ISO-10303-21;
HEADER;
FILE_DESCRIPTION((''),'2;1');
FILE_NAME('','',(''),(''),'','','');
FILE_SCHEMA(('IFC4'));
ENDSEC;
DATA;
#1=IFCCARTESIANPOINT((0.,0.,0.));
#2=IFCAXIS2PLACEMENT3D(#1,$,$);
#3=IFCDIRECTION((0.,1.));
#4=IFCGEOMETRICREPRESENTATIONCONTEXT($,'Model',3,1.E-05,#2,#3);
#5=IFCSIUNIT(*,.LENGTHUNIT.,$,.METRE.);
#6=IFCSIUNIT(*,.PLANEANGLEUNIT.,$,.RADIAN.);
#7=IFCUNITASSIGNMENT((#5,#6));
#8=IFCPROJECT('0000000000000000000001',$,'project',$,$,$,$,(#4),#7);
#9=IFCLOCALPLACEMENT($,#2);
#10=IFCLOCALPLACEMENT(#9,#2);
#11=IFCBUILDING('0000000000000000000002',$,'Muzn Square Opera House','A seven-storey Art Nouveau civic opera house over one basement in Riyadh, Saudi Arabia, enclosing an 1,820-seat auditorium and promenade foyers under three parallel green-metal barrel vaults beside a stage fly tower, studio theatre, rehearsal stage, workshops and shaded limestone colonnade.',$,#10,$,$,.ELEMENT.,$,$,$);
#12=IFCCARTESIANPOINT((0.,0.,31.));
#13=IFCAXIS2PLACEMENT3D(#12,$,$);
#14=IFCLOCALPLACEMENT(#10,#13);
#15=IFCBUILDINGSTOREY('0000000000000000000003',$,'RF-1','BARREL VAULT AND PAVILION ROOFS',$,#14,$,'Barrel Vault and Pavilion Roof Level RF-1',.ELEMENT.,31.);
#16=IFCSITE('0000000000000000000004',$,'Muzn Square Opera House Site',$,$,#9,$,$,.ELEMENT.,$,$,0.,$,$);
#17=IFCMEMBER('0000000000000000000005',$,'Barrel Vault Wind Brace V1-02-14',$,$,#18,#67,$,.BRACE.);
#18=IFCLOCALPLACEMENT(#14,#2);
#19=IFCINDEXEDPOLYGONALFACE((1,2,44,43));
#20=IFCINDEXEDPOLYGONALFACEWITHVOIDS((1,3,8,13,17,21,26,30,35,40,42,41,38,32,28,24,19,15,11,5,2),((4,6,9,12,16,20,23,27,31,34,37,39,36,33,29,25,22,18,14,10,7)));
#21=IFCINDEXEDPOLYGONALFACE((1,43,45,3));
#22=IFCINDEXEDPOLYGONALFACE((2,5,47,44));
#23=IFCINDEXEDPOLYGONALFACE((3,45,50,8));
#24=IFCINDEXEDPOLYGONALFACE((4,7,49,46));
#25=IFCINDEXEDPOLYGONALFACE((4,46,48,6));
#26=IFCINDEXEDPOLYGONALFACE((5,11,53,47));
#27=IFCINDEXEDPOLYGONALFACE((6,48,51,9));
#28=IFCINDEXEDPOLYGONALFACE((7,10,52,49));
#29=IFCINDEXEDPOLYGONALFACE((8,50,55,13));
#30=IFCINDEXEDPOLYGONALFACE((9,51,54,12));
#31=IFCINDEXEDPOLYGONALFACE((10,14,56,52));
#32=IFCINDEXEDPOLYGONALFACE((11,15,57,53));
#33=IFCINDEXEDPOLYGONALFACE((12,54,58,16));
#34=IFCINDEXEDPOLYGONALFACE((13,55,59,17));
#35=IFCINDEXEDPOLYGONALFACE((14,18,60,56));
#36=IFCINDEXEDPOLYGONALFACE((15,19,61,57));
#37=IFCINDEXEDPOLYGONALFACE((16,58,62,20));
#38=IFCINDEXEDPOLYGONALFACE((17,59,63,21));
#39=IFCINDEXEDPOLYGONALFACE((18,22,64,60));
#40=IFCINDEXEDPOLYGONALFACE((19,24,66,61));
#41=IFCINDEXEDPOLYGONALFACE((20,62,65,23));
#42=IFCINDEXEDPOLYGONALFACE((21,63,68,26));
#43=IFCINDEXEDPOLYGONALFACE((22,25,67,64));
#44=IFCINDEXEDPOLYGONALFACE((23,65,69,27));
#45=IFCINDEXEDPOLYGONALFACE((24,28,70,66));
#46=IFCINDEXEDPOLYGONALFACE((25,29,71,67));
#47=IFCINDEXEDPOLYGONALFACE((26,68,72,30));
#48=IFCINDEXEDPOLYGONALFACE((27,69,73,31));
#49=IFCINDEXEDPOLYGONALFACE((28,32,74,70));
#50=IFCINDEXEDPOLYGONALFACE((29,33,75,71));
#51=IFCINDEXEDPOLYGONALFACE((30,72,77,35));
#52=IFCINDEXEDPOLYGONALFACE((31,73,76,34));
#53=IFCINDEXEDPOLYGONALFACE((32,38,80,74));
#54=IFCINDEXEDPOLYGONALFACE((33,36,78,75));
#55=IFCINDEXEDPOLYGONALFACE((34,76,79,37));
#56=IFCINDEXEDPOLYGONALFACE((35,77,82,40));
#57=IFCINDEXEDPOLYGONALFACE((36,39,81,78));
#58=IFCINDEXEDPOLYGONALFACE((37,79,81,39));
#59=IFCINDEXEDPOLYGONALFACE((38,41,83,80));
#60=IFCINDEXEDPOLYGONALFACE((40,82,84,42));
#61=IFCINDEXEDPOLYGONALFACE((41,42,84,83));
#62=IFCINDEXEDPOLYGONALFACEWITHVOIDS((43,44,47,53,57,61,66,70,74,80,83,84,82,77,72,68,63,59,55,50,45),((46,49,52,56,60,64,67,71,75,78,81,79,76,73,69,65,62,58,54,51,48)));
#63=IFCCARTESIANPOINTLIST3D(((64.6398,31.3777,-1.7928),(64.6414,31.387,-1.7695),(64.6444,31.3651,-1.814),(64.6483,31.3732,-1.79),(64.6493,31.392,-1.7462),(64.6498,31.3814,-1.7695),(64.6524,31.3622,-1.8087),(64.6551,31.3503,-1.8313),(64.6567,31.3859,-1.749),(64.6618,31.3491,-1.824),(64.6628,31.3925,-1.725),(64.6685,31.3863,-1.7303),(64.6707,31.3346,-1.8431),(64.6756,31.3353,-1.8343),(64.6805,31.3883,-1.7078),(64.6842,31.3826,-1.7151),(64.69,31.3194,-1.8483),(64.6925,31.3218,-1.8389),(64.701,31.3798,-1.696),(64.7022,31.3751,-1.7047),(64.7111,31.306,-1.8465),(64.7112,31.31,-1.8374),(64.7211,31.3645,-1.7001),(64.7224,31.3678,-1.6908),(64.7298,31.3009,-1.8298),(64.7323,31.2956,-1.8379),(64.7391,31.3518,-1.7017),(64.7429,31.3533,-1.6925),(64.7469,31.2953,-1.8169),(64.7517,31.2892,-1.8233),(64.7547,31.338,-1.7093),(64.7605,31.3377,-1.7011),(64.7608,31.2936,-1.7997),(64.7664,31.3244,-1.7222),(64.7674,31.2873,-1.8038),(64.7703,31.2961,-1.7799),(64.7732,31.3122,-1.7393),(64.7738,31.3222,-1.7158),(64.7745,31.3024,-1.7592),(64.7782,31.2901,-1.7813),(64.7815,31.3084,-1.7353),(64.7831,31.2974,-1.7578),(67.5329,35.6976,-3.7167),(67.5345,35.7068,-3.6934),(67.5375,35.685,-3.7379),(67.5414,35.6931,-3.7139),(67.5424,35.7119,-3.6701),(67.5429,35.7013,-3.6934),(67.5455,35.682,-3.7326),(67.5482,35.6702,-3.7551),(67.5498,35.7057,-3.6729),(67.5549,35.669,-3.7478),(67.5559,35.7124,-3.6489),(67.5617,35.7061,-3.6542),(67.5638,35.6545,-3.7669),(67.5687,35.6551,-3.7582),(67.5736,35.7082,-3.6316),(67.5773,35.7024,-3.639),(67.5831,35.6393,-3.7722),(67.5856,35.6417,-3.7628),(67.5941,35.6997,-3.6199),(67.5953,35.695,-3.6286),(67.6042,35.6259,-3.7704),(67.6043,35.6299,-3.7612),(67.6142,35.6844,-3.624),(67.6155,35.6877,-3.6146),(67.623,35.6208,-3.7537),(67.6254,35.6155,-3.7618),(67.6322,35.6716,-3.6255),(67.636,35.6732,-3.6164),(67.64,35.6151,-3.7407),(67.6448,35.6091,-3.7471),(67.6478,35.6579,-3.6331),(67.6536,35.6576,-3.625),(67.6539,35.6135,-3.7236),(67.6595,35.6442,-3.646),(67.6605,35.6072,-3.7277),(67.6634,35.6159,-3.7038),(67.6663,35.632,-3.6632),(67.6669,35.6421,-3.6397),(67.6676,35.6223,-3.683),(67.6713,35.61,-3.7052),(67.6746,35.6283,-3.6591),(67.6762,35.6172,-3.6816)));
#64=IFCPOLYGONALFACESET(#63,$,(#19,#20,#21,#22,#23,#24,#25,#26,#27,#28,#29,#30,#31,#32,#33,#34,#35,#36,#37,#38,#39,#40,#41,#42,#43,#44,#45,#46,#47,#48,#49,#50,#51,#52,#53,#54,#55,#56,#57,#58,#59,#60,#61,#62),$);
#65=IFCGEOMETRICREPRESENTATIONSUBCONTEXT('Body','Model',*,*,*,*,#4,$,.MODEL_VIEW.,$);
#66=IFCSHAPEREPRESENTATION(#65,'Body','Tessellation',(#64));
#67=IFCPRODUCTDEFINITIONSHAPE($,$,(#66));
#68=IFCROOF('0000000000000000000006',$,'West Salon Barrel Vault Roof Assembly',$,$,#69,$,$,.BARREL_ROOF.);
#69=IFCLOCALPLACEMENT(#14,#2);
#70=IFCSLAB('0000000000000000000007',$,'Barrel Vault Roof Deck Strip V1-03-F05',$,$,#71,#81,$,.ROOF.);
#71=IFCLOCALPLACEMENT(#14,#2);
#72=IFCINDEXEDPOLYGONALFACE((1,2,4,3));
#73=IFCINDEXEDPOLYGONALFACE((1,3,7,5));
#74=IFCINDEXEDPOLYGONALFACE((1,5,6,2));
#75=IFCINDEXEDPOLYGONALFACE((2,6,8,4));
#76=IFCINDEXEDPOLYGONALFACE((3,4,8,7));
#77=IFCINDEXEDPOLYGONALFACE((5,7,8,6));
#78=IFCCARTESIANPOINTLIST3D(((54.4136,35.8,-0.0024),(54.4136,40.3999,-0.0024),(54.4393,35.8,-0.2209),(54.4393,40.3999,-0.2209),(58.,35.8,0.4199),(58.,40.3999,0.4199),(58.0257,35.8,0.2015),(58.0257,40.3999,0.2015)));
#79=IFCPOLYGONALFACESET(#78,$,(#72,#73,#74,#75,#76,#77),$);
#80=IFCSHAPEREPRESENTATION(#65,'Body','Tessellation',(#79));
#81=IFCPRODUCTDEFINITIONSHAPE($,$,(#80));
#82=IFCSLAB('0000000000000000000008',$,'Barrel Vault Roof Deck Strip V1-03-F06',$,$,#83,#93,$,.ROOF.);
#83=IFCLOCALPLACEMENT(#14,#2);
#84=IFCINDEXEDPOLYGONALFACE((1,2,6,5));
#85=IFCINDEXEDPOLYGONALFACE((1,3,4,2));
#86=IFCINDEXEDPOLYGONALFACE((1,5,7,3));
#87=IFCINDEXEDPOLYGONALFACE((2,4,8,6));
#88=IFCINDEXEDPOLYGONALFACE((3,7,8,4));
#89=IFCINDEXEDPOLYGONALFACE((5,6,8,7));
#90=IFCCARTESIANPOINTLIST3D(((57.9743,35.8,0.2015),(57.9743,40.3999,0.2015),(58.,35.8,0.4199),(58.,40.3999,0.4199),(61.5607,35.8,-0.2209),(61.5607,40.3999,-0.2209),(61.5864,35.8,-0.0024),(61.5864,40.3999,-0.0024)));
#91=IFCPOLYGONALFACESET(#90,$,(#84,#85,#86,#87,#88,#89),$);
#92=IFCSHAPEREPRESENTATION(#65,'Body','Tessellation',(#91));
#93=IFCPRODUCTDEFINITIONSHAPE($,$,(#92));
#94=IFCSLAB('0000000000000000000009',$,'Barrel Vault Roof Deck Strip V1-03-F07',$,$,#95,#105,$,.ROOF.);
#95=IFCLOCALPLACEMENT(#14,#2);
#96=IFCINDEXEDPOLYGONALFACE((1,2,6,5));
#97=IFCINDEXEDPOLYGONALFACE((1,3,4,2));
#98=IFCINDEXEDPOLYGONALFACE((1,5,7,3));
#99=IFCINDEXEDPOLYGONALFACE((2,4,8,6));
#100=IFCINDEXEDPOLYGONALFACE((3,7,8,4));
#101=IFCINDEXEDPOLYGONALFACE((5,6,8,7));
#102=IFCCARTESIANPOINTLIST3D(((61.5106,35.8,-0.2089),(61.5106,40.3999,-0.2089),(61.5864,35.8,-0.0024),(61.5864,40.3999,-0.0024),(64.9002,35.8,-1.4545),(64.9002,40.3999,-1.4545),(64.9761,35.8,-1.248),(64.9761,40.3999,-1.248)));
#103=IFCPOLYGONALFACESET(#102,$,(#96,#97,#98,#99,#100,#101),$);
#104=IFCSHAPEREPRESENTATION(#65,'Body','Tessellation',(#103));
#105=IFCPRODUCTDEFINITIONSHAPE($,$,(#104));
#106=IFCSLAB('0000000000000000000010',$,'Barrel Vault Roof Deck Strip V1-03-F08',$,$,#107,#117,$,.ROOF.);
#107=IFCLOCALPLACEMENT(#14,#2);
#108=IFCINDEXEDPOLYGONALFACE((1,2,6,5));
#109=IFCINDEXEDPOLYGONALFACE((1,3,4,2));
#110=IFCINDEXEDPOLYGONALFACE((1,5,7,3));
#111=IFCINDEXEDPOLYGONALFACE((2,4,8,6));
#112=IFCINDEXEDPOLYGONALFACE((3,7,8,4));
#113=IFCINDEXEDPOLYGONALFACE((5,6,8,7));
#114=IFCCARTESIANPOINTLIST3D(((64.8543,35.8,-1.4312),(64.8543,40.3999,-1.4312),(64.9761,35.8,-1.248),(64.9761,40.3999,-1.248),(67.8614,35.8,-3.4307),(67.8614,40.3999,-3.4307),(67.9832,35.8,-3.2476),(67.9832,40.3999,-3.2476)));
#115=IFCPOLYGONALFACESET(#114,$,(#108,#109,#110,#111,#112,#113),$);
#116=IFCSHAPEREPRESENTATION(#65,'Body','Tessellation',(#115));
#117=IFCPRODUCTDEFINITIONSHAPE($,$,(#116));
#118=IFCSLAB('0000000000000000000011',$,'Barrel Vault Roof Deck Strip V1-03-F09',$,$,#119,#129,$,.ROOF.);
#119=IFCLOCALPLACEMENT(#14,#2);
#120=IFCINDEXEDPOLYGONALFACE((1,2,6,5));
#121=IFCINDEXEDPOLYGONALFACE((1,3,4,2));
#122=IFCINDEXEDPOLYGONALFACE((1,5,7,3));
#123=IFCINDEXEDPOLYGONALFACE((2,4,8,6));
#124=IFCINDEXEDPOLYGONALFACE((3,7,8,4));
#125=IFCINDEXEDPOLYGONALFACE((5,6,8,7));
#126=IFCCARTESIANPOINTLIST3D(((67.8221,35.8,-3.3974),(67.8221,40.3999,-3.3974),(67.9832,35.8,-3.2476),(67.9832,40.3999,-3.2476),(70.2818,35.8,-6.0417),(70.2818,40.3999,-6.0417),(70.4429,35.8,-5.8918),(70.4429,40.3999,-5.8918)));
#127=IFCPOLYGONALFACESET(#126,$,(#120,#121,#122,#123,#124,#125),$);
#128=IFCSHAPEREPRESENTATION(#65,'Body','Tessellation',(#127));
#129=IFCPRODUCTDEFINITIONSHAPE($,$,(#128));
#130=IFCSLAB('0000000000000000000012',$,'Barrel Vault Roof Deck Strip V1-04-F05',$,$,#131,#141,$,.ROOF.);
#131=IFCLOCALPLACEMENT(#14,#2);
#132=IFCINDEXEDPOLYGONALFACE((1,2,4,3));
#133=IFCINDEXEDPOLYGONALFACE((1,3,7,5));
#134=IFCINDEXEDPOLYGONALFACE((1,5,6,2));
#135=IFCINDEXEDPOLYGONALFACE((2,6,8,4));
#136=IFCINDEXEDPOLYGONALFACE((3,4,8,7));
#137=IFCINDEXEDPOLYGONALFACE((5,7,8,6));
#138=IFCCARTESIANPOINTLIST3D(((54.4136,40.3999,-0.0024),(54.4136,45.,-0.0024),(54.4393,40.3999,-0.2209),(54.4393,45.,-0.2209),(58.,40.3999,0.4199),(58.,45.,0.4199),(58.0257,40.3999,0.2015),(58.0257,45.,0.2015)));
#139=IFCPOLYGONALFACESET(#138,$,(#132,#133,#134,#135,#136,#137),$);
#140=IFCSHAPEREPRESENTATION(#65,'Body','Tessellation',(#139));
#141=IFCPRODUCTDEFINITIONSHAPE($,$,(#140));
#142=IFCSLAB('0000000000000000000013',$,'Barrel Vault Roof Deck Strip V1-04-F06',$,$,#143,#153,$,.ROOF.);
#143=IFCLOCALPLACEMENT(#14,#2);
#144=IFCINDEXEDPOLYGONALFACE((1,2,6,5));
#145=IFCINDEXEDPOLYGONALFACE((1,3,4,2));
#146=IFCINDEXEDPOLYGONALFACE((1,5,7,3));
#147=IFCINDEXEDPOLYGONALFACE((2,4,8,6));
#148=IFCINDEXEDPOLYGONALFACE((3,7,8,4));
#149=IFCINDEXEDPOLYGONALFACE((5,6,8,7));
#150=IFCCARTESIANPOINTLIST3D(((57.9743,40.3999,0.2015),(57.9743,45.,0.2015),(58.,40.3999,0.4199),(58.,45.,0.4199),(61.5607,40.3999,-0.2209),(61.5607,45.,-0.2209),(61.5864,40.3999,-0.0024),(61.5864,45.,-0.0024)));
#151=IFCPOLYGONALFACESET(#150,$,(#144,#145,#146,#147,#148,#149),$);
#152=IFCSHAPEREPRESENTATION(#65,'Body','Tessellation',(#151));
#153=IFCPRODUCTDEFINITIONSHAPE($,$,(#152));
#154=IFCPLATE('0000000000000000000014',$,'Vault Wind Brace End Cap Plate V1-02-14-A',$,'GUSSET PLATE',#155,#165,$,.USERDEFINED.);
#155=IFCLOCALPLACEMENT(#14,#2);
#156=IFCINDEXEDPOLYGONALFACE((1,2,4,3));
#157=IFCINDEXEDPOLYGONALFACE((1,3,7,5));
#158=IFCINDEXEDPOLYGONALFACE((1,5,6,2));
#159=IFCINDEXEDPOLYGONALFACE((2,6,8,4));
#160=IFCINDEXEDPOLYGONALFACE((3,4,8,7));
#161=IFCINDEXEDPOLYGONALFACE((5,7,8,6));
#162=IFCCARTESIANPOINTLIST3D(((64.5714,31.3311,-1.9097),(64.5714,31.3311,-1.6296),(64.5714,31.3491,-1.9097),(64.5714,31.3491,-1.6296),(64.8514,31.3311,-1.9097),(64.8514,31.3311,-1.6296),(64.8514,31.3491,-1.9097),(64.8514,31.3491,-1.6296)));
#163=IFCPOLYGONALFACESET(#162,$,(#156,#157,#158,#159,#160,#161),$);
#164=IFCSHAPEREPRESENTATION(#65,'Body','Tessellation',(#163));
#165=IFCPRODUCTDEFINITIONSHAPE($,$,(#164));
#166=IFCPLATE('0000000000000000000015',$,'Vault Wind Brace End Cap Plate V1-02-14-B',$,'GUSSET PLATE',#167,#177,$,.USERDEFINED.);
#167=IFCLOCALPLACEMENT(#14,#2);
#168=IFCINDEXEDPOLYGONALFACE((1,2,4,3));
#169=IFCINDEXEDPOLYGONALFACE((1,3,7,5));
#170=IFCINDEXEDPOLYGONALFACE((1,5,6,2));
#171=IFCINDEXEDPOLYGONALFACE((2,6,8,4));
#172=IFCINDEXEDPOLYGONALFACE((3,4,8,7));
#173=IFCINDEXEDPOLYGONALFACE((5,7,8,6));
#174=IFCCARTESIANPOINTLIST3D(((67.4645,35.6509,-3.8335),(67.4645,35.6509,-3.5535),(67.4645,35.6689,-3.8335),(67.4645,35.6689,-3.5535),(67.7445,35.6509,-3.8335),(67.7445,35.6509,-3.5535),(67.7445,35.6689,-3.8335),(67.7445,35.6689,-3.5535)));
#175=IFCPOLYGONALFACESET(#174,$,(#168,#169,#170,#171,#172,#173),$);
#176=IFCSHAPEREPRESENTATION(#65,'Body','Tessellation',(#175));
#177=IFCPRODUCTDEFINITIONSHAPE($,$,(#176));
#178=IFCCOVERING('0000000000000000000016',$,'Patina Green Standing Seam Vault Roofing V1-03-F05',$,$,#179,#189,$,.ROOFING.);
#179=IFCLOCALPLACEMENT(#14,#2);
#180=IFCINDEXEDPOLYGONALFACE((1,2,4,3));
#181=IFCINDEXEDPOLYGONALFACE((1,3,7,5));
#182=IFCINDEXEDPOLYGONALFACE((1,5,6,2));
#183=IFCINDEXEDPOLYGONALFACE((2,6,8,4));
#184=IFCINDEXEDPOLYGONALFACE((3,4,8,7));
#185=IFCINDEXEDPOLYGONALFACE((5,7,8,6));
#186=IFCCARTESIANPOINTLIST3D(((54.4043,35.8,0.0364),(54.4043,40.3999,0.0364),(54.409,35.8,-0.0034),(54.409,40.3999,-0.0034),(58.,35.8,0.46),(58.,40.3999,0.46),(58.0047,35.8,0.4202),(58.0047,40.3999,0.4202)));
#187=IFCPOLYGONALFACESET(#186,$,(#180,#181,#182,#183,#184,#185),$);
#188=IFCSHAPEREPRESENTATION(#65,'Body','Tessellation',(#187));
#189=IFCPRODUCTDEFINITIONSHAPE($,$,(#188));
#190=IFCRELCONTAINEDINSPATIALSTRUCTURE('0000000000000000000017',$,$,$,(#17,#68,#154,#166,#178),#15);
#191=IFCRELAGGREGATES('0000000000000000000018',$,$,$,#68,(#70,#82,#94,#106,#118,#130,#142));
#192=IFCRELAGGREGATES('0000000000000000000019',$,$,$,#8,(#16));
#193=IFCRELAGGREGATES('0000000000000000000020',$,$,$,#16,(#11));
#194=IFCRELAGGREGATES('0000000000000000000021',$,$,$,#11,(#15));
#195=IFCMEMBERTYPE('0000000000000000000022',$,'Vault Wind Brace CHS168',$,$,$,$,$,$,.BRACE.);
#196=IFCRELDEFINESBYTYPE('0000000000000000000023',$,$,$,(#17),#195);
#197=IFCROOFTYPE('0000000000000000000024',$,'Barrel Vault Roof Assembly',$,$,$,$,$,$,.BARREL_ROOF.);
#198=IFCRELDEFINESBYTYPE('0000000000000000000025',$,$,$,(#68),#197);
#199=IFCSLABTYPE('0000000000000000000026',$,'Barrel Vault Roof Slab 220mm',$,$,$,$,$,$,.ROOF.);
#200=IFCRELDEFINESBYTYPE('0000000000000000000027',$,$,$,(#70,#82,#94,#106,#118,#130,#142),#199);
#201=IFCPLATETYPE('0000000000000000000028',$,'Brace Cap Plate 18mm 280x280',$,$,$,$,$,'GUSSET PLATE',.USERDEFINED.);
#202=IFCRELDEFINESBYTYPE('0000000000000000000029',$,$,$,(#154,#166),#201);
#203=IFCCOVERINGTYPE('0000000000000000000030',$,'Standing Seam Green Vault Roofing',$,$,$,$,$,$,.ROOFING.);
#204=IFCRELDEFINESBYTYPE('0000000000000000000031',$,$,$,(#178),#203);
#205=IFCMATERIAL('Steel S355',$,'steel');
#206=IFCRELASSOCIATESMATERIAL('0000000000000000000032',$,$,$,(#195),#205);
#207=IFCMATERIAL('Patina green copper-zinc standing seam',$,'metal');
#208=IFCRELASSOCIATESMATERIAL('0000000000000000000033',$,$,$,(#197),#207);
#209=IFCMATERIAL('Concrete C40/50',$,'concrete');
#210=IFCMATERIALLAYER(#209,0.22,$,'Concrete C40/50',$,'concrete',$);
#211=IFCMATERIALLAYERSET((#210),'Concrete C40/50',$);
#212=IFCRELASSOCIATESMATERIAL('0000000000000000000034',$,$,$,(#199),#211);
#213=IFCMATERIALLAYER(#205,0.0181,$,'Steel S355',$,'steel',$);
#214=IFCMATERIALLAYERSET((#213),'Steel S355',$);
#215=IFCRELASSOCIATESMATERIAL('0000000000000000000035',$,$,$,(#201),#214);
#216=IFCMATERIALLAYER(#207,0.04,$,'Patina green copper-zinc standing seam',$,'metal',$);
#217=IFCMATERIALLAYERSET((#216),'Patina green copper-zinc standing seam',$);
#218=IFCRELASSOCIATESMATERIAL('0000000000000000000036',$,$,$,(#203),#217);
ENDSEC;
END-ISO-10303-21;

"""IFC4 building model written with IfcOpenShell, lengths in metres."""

from ifc_helpers import new_model, si_unit, direction, frame, origin, origin_2d, place, context, subcontext, project, spatial, polyline, rectangle, hollow_circle, outline, extrude, material, layer, layer_set, material_profile, profile_set, type_object, element, aggregate, save


model = new_model("IFC4")

# Units and contexts
model_context = context("Model", 3, precision=1e-05, world=origin(), true_north=direction((0.0, 1.0)))
body_context = subcontext(model_context, "Body", "Model", "MODEL_VIEW")
ifc_project = project(units=[si_unit("LENGTHUNIT", "METRE"), si_unit("PLANEANGLEUNIT", "RADIAN")], contexts=[model_context])

# Site, building, storey
site_placement = place(None, origin())
site = spatial("IfcSite", under=ifc_project, at=site_placement, Name="Muzn Square Opera House Site", CompositionType="ELEMENT", RefElevation=0.0)
building_placement = place(site_placement, origin())
building = spatial("IfcBuilding", under=site, at=building_placement, Name="Muzn Square Opera House", Description="A seven-storey Art Nouveau civic opera house over one basement in Riyadh, Saudi Arabia, enclosing an 1,820-seat auditorium and promenade foyers under three parallel green-metal barrel vaults beside a stage fly tower, studio theatre, rehearsal stage, workshops and shaded limestone colonnade.", CompositionType="ELEMENT")
storey_placement = place(building_placement, frame((0.0, 0.0, 31.0)))
storey = spatial("IfcBuildingStorey", under=building, at=storey_placement, Name="RF-1", Description="BARREL VAULT AND PAVILION ROOFS", LongName="Barrel Vault and Pavilion Roof Level RF-1", CompositionType="ELEMENT", Elevation=31.0)

# Shared definitions
ifc_material_1 = material(Name="Steel S355", Category="steel")

# Member
ifc_material_profile_1 = material_profile(ifc_material_1, hollow_circle(Radius=0.0842, WallThickness=0.01, at=origin_2d()), Name="CHS 168.3x10", Category="steel")
ifc_profile_set_1 = profile_set([ifc_material_profile_1], Name="Steel S355")
member_type = type_object("IfcMemberType", Name="Vault Wind Brace CHS168", PredefinedType="BRACE", material=ifc_profile_set_1)
member_placement = place(storey_placement, frame((64.7114, 31.3401, -1.7695), z_axis=(0.521872, 0.779241, -0.347034), x_axis=(-0.830878, 0.556454, 0.0)))
element("IfcMember", 1, at=member_placement, inside=storey, type_object=member_type, Name="Barrel Vault Wind Brace V1-02-14", PredefinedType="BRACE", context=body_context, shape_type="SweptSolid", body=[
    extrude(hollow_circle(Radius=0.0842, WallThickness=0.01, at=origin_2d()), origin(), (0.0, 0.0, 1.0), 5.5437),
])

# Roof, slabs
ifc_material_2 = material(Name="Patina green copper-zinc standing seam", Category="metal")
roof_type = type_object("IfcRoofType", Name="Barrel Vault Roof Assembly", PredefinedType="BARREL_ROOF", material=ifc_material_2)
roof_placement = place(storey_placement, origin())
roof = element("IfcRoof", 2, at=roof_placement, inside=storey, type_object=roof_type, Name="West Salon Barrel Vault Roof Assembly", PredefinedType="BARREL_ROOF")
ifc_material_3 = material(Name="Concrete C40/50", Category="concrete")
ifc_layer_1 = layer(ifc_material_3, 0.22, Name="Concrete C40/50", Category="concrete")
ifc_layer_set_1 = layer_set([ifc_layer_1], Name="Concrete C40/50")
slab_type = type_object("IfcSlabType", Name="Barrel Vault Roof Slab 220mm", PredefinedType="ROOF", material=ifc_layer_set_1)
slab_1_placement = place(storey_placement, frame((58.0, 35.8, 0.4199), z_axis=(-0.116959, 0.0, 0.993137), x_axis=(0.0, 1.0, 0.0)))
slab_1 = element("IfcSlab", 3, at=slab_1_placement, type_object=slab_type, Name="Barrel Vault Roof Deck Strip V1-03-F05", PredefinedType="ROOF", context=body_context, shape_type="SweptSolid", body=[
    extrude(outline(polyline([(0.0, 3.6112), (0.0, 0.0), (4.5999, 0.0), (4.5999, 3.6112), (0.0, 3.6112)])), origin(), (0.0, 0.0, -1.0), 0.22),
])
slab_2_placement = place(storey_placement, frame((58.0, 35.8, 0.4199), z_axis=(0.116959, 0.0, 0.993137), x_axis=(0.993137, 0.0, -0.116959)))
slab_2 = element("IfcSlab", 4, at=slab_2_placement, type_object=slab_type, Name="Barrel Vault Roof Deck Strip V1-03-F06", PredefinedType="ROOF", context=body_context, shape_type="SweptSolid", body=[
    extrude(outline(polyline([(0.0, 0.0), (3.6112, 0.0), (3.6112, 4.5999), (0.0, 4.5999), (0.0, 0.0)])), origin(), (0.0, 0.0, -1.0), 0.22),
])
slab_3_placement = place(storey_placement, frame((61.5864, 35.8, -0.0024), z_axis=(0.344922, 0.0, 0.938631), x_axis=(0.938631, 0.0, -0.344922)))
slab_3 = element("IfcSlab", 5, at=slab_3_placement, type_object=slab_type, Name="Barrel Vault Roof Deck Strip V1-03-F07", PredefinedType="ROOF", context=body_context, shape_type="SweptSolid", body=[
    extrude(outline(polyline([(0.0, 0.0), (3.6113, 0.0), (3.6113, 4.5999), (0.0, 4.5999), (0.0, 0.0)])), origin(), (0.0, 0.0, -1.0), 0.22),
])
slab_4_placement = place(storey_placement, frame((64.9761, 35.8, -1.248), z_axis=(0.553701, 0.0, 0.832715), x_axis=(0.832715, 0.0, -0.553701)))
slab_4 = element("IfcSlab", 6, at=slab_4_placement, type_object=slab_type, Name="Barrel Vault Roof Deck Strip V1-03-F08", PredefinedType="ROOF", context=body_context, shape_type="SweptSolid", body=[
    extrude(outline(polyline([(0.0, 0.0), (3.6112, 0.0), (3.6112, 4.5999), (0.0, 4.5999), (0.0, 0.0)])), origin(), (0.0, 0.0, -1.0), 0.22),
])
slab_5_placement = place(storey_placement, frame((67.9832, 35.8, -3.2476), z_axis=(0.732198, 0.0, 0.681091), x_axis=(0.681091, 0.0, -0.732198)))
slab_5 = element("IfcSlab", 7, at=slab_5_placement, type_object=slab_type, Name="Barrel Vault Roof Deck Strip V1-03-F09", PredefinedType="ROOF", context=body_context, shape_type="SweptSolid", body=[
    extrude(outline(polyline([(0.0, 0.0), (3.6114, 0.0), (3.6114, 4.5999), (0.0, 4.5999), (0.0, 0.0)])), origin(), (0.0, 0.0, -1.0), 0.22),
])
slab_6_placement = place(storey_placement, frame((58.0, 40.3999, 0.4199), z_axis=(-0.116959, 0.0, 0.993137), x_axis=(0.0, 1.0, 0.0)))
slab_6 = element("IfcSlab", 8, at=slab_6_placement, type_object=slab_type, Name="Barrel Vault Roof Deck Strip V1-04-F05", PredefinedType="ROOF", context=body_context, shape_type="SweptSolid", body=[
    extrude(outline(polyline([(0.0, 3.6112), (0.0, 0.0), (4.6001, 0.0), (4.6001, 3.6112), (0.0, 3.6112)])), origin(), (0.0, 0.0, -1.0), 0.22),
])
slab_7_placement = place(storey_placement, frame((58.0, 40.3999, 0.4199), z_axis=(0.116959, 0.0, 0.993137), x_axis=(0.993137, 0.0, -0.116959)))
slab_7 = element("IfcSlab", 9, at=slab_7_placement, type_object=slab_type, Name="Barrel Vault Roof Deck Strip V1-04-F06", PredefinedType="ROOF", context=body_context, shape_type="SweptSolid", body=[
    extrude(outline(polyline([(0.0, 0.0), (3.6112, 0.0), (3.6112, 4.6001), (0.0, 4.6001), (0.0, 0.0)])), origin(), (0.0, 0.0, -1.0), 0.22),
])
aggregate(roof, [slab_1, slab_2, slab_3, slab_4, slab_5, slab_6, slab_7])

# Plates
ifc_layer_2 = layer(ifc_material_1, 0.0181, Name="Steel S355", Category="steel")
ifc_layer_set_2 = layer_set([ifc_layer_2], Name="Steel S355")
plate_type = type_object("IfcPlateType", Name="Brace Cap Plate 18mm 280x280", ElementType="GUSSET PLATE", PredefinedType="USERDEFINED", material=ifc_layer_set_2)
for number, where, z_axis, x_axis, name in (
    (10, (64.7114, 31.3401, -1.9097), (0.0, 0.0, 1.0), (1.0, 0.0, 0.0), "Vault Wind Brace End Cap Plate V1-02-14-A"),
    (11, (67.6045, 35.6599, -3.8335), (0.0, 0.0, 1.0), (1.0, 0.0, 0.0), "Vault Wind Brace End Cap Plate V1-02-14-B"),
):
    element("IfcPlate", number, at=place(storey_placement, frame(where, z_axis=z_axis, x_axis=x_axis)), inside=storey, type_object=plate_type, Name=name, ObjectType="GUSSET PLATE", PredefinedType="USERDEFINED", context=body_context, shape_type="SweptSolid", body=[
        extrude(rectangle(XDim=0.28, YDim=0.0181, at=origin_2d()), origin(), (0.0, 0.0, 1.0), 0.28),
    ])

# Covering
ifc_layer_3 = layer(ifc_material_2, 0.04, Name="Patina green copper-zinc standing seam", Category="metal")
ifc_layer_set_3 = layer_set([ifc_layer_3], Name="Patina green copper-zinc standing seam")
covering_type = type_object("IfcCoveringType", Name="Standing Seam Green Vault Roofing", PredefinedType="ROOFING", material=ifc_layer_set_3)
covering_1_placement = place(storey_placement, frame((58.0, 35.8, 0.46), z_axis=(-0.116994, 0.0, 0.993133), x_axis=(0.0, 1.0, 0.0)))
element("IfcCovering", 12, at=covering_1_placement, inside=storey, type_object=covering_type, Name="Patina Green Standing Seam Vault Roofing V1-03-F05", PredefinedType="ROOFING", context=body_context, shape_type="SweptSolid", body=[
    extrude(outline(polyline([(0.0, 3.6206), (0.0, 0.0), (4.5999, 0.0), (4.5999, 3.6206), (0.0, 3.6206)])), origin(), (0.0, 0.0, -1.0), 0.04),
])

save(model, "model.ifc")
